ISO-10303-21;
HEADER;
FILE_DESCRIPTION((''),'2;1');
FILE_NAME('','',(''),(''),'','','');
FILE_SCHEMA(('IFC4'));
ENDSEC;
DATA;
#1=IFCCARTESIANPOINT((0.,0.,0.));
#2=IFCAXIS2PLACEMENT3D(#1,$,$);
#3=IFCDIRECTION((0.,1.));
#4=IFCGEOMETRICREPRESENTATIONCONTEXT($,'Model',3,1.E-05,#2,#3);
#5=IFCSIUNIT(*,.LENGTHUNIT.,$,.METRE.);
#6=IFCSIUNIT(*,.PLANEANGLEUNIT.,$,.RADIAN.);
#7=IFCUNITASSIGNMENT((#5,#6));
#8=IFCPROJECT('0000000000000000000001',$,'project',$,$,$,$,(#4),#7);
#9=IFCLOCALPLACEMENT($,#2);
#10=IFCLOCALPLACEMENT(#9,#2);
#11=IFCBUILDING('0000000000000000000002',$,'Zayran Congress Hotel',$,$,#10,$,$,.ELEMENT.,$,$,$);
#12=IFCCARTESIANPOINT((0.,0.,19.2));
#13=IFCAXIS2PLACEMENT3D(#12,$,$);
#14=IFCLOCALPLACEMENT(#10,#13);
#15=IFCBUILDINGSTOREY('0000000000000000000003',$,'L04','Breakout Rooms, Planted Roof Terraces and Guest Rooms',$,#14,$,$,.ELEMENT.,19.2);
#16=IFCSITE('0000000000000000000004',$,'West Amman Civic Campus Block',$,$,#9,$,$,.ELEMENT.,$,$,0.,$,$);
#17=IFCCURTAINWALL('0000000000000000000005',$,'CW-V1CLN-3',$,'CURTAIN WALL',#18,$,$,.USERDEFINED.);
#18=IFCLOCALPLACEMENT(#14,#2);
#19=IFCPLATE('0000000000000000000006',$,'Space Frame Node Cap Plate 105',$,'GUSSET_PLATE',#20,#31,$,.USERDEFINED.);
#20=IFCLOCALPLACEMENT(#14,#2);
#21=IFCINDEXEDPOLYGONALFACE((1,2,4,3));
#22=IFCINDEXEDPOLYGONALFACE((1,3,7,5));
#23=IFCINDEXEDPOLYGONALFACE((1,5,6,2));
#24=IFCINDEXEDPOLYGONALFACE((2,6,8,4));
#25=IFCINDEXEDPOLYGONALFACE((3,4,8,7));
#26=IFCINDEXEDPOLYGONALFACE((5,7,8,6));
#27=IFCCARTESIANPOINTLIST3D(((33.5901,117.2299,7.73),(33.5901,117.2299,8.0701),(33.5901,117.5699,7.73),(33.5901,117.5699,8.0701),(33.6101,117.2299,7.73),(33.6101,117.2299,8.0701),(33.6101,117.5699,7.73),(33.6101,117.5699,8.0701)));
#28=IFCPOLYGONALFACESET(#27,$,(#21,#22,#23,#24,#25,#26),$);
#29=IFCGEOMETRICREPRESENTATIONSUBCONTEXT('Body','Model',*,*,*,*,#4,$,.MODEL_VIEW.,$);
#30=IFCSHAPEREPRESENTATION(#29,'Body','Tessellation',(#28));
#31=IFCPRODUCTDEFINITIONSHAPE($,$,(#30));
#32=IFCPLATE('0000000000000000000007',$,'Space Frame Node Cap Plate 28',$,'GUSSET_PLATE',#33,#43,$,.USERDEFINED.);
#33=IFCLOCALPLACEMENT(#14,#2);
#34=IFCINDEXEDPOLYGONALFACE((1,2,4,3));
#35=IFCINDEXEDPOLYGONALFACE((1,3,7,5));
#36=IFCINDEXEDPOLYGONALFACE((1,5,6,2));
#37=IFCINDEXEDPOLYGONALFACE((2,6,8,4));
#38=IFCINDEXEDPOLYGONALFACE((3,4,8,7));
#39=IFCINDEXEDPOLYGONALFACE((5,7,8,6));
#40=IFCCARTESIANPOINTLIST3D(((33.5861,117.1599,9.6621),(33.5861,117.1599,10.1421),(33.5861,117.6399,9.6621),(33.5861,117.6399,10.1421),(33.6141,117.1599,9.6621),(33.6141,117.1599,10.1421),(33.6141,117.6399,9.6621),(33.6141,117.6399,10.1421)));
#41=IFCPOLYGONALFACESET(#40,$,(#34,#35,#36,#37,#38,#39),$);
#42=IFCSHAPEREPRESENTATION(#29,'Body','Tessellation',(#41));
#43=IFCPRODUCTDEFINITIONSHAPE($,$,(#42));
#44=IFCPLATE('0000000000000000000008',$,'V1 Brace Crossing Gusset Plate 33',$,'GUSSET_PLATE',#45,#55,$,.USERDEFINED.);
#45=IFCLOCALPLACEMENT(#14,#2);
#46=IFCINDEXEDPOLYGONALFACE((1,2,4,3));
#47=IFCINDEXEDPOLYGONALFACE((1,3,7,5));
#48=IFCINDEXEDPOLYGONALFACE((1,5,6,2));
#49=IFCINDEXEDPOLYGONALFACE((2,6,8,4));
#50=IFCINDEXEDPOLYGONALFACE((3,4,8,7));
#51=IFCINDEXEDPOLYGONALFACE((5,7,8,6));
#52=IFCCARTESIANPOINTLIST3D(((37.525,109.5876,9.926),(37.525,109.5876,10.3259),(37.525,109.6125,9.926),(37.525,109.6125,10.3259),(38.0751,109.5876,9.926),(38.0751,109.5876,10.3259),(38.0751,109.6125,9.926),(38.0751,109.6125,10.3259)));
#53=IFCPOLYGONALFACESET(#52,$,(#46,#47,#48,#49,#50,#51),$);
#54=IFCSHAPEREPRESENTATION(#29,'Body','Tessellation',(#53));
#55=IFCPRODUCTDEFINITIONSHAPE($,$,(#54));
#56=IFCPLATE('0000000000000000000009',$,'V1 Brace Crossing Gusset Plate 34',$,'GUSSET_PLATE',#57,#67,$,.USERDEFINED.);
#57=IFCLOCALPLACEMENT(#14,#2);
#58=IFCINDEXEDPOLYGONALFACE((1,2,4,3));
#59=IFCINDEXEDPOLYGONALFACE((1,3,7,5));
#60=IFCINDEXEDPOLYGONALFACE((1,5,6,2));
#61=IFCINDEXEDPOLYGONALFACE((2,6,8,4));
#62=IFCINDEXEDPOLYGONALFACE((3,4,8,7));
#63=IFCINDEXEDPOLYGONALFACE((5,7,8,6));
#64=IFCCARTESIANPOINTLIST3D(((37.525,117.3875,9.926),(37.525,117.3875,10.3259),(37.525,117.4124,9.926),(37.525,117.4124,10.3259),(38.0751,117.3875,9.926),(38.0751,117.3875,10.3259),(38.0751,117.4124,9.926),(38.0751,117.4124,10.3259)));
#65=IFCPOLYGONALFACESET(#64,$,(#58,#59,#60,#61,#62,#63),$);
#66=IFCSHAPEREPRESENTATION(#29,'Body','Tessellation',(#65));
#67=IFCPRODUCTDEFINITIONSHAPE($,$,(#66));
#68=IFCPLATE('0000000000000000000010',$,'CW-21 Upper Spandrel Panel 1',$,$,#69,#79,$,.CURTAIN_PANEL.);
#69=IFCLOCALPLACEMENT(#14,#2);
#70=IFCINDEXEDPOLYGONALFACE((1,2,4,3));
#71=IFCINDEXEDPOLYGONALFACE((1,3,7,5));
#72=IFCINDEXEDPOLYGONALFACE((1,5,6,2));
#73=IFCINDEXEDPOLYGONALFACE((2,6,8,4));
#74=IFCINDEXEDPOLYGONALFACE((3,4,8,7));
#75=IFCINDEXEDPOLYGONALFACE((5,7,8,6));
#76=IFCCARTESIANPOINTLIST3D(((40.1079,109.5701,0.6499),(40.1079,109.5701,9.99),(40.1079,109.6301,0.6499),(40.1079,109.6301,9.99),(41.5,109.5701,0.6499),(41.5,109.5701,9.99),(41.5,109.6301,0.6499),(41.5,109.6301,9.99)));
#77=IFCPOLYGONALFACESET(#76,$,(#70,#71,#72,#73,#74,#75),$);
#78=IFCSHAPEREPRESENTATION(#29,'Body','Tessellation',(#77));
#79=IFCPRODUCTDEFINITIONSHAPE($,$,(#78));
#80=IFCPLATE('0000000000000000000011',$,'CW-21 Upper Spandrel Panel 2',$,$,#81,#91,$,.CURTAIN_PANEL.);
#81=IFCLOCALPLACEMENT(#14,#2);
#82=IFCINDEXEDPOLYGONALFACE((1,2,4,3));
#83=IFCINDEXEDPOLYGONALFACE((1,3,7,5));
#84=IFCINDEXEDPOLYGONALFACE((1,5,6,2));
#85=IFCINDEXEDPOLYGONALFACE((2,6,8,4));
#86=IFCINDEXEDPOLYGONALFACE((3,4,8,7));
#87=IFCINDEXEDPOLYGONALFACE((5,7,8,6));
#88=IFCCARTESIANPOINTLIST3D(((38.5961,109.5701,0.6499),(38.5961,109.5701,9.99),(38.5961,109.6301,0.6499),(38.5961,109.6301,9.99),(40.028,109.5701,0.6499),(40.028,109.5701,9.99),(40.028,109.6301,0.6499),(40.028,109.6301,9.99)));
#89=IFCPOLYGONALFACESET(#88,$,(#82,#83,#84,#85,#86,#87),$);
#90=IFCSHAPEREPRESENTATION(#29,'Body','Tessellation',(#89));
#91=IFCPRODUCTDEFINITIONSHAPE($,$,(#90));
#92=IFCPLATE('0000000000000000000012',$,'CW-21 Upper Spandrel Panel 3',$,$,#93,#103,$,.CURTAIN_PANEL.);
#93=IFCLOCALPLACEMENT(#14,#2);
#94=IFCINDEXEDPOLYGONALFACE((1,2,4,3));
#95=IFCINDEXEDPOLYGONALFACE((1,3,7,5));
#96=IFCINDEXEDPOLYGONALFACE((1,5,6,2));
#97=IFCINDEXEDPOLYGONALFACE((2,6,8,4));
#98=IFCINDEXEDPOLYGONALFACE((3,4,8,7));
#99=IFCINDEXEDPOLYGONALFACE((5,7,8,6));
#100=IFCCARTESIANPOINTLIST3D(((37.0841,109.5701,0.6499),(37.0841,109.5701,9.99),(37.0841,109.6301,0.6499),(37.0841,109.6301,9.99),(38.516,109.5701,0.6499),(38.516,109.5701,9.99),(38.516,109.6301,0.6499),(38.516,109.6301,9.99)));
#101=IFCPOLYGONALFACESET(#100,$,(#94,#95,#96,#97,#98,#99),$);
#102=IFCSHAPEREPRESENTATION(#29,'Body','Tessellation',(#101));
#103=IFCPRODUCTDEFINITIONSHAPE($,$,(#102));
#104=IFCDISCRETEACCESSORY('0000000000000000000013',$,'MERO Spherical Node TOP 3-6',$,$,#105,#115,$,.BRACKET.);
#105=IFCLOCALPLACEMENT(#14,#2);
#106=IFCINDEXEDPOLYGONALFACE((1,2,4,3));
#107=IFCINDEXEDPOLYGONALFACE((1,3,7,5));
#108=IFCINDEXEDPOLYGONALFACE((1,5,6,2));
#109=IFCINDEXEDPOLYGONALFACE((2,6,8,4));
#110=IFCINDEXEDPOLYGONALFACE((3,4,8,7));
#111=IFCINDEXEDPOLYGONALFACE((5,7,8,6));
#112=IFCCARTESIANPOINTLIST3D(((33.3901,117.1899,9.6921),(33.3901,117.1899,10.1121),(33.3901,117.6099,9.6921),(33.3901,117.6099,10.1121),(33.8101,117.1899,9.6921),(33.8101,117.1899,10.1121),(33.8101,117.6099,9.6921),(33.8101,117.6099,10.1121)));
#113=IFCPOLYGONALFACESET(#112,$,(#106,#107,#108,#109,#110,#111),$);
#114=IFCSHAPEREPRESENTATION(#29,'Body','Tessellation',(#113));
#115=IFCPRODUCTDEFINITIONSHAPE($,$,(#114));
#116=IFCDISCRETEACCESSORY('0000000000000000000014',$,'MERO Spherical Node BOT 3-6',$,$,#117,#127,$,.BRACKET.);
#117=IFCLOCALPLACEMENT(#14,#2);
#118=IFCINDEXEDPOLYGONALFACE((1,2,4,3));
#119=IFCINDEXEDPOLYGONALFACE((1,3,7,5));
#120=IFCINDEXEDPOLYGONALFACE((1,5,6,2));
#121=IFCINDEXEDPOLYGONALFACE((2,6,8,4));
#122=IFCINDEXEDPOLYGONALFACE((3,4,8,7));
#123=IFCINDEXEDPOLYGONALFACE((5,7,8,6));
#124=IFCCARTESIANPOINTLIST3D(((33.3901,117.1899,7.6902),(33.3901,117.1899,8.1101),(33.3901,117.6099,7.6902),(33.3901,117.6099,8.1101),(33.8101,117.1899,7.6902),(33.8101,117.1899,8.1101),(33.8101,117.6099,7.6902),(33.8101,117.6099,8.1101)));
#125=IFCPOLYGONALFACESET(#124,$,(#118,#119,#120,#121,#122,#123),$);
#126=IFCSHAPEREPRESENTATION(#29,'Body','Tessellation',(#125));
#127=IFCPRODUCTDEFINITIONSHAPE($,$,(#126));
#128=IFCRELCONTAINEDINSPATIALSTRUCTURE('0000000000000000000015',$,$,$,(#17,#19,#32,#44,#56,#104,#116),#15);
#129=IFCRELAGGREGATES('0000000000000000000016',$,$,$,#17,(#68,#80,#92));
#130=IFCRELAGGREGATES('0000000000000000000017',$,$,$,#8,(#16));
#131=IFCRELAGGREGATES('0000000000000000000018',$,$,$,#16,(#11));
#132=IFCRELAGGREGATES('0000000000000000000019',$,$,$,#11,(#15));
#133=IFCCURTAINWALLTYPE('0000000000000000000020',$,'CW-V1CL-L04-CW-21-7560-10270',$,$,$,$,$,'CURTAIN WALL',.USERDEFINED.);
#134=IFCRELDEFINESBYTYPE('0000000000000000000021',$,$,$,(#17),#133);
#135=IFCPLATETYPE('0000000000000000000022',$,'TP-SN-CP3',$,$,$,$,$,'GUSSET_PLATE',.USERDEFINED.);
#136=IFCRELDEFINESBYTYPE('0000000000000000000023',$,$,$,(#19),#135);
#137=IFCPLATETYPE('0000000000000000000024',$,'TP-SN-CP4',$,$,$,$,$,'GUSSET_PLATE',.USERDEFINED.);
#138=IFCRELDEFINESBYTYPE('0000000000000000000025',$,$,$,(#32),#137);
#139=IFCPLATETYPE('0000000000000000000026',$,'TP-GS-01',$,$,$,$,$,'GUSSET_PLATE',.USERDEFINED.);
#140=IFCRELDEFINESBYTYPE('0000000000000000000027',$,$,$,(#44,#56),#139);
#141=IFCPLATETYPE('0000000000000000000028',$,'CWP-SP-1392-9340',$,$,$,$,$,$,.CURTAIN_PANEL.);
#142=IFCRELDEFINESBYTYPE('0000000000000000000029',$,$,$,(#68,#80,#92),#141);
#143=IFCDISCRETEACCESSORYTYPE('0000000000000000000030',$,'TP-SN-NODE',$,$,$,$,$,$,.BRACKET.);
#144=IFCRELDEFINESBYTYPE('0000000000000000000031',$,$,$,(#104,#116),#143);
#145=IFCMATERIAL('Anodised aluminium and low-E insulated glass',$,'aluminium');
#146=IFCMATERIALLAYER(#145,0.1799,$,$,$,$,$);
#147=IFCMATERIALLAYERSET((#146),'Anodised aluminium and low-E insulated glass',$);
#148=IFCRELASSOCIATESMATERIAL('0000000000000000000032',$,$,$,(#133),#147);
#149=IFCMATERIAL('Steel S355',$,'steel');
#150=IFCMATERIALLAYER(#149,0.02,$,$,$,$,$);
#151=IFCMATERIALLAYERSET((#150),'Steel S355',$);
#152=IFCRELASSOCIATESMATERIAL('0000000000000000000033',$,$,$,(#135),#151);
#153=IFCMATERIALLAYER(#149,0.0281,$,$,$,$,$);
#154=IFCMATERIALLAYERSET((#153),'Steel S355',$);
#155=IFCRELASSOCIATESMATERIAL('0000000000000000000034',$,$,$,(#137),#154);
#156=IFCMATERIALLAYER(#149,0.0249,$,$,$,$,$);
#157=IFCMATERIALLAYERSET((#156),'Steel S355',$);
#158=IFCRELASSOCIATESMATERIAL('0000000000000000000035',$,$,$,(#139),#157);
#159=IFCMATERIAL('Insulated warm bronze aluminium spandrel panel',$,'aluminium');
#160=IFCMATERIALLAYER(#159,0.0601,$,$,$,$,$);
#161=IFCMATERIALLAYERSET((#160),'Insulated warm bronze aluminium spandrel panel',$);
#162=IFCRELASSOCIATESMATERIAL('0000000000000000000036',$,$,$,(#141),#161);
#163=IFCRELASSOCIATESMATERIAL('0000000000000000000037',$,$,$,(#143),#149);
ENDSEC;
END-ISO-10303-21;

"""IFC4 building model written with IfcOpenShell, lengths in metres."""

from ifc_helpers import new_model, si_unit, direction, frame, origin, origin_2d, place, context, subcontext, project, spatial, rectangle, extrude, material, layer, layer_set, type_object, element, aggregate, save


model = new_model("IFC4")

# Units and contexts
model_context = context("Model", 3, precision=1e-05, world=origin(), true_north=direction((0.0, 1.0)))
body_context = subcontext(model_context, "Body", "Model", "MODEL_VIEW")
ifc_project = project(units=[si_unit("LENGTHUNIT", "METRE"), si_unit("PLANEANGLEUNIT", "RADIAN")], contexts=[model_context])

# Site, building, storey
site_placement = place(None, origin())
site = spatial("IfcSite", under=ifc_project, at=site_placement, Name="West Amman Civic Campus Block", CompositionType="ELEMENT", RefElevation=0.0)
building_placement = place(site_placement, origin())
building = spatial("IfcBuilding", under=site, at=building_placement, Name="Zayran Congress Hotel", CompositionType="ELEMENT")
storey_placement = place(building_placement, frame((0.0, 0.0, 19.2)))
storey = spatial("IfcBuildingStorey", under=building, at=storey_placement, Name="L04", Description="Breakout Rooms, Planted Roof Terraces and Guest Rooms", CompositionType="ELEMENT", Elevation=19.2)

# Shared definitions
ifc_material_1 = material(Name="Steel S355", Category="steel")

# Curtain wall
ifc_material_2 = material(Name="Anodised aluminium and low-E insulated glass", Category="aluminium")
ifc_layer_1 = layer(ifc_material_2, 0.1799)
ifc_layer_set_1 = layer_set([ifc_layer_1], Name="Anodised aluminium and low-E insulated glass")
curtain_wall_type_1 = type_object("IfcCurtainWallType", Name="CW-V1CL-L04-CW-21-7560-10270", ElementType="CURTAIN WALL", PredefinedType="USERDEFINED", material=ifc_layer_set_1)
curtain_wall_1_placement = place(storey_placement, origin())
curtain_wall_1 = element("IfcCurtainWall", 1, at=curtain_wall_1_placement, inside=storey, type_object=curtain_wall_type_1, Name="CW-V1CLN-3", ObjectType="CURTAIN WALL", PredefinedType="USERDEFINED")

# Plates
ifc_layer_2 = layer(ifc_material_1, 0.02)
ifc_layer_set_2 = layer_set([ifc_layer_2], Name="Steel S355")
plate_type_1 = type_object("IfcPlateType", Name="TP-SN-CP3", ElementType="GUSSET_PLATE", PredefinedType="USERDEFINED", material=ifc_layer_set_2)
plate_1_placement = place(storey_placement, frame((33.6001, 117.3999, 7.73), z_axis=(0.0, 0.0, 1.0), x_axis=(0.0, 1.0, 0.0)))
element("IfcPlate", 2, at=plate_1_placement, inside=storey, type_object=plate_type_1, Name="Space Frame Node Cap Plate 105", ObjectType="GUSSET_PLATE", PredefinedType="USERDEFINED", context=body_context, shape_type="SweptSolid", body=[
    extrude(rectangle(XDim=0.3401, YDim=0.02, at=origin_2d()), origin(), (0.0, 0.0, 1.0), 0.3401),
])
ifc_layer_3 = layer(ifc_material_1, 0.0281)
ifc_layer_set_3 = layer_set([ifc_layer_3], Name="Steel S355")
plate_type_2 = type_object("IfcPlateType", Name="TP-SN-CP4", ElementType="GUSSET_PLATE", PredefinedType="USERDEFINED", material=ifc_layer_set_3)
plate_2_placement = place(storey_placement, frame((33.6001, 117.3999, 9.6621), z_axis=(0.0, 0.0, 1.0), x_axis=(0.0, 1.0, 0.0)))
element("IfcPlate", 3, at=plate_2_placement, inside=storey, type_object=plate_type_2, Name="Space Frame Node Cap Plate 28", ObjectType="GUSSET_PLATE", PredefinedType="USERDEFINED", context=body_context, shape_type="SweptSolid", body=[
    extrude(rectangle(XDim=0.48, YDim=0.0281, at=origin_2d()), origin(), (0.0, 0.0, 1.0), 0.48),
])
ifc_layer_4 = layer(ifc_material_1, 0.0249)
ifc_layer_set_4 = layer_set([ifc_layer_4], Name="Steel S355")
plate_type_3 = type_object("IfcPlateType", Name="TP-GS-01", ElementType="GUSSET_PLATE", PredefinedType="USERDEFINED", material=ifc_layer_set_4)
for number, where, z_axis, x_axis, name in (
    (4, (37.8, 109.6001, 9.926), (0.0, 0.0, 1.0), (1.0, 0.0, 0.0), "V1 Brace Crossing Gusset Plate 33"),
    (5, (37.8, 117.3999, 9.926), (0.0, 0.0, 1.0), (1.0, 0.0, 0.0), "V1 Brace Crossing Gusset Plate 34"),
):
    element("IfcPlate", number, at=place(storey_placement, frame(where, z_axis=z_axis, x_axis=x_axis)), inside=storey, type_object=plate_type_3, Name=name, ObjectType="GUSSET_PLATE", PredefinedType="USERDEFINED", context=body_context, shape_type="SweptSolid", body=[
        extrude(rectangle(XDim=0.55, YDim=0.0249, at=origin_2d()), origin(), (0.0, 0.0, 1.0), 0.3999),
    ])

# Plates
ifc_material_3 = material(Name="Insulated warm bronze aluminium spandrel panel", Category="aluminium")
ifc_layer_5 = layer(ifc_material_3, 0.0601)
ifc_layer_set_5 = layer_set([ifc_layer_5], Name="Insulated warm bronze aluminium spandrel panel")
plate_type_4 = type_object("IfcPlateType", Name="CWP-SP-1392-9340", PredefinedType="CURTAIN_PANEL", material=ifc_layer_set_5)
plate_3_placement = place(storey_placement, frame((40.804, 109.6001, 0.6499), z_axis=(0.0, 0.0, 1.0), x_axis=(1.0, 0.0, 0.0)))
plate_3 = element("IfcPlate", 6, at=plate_3_placement, type_object=plate_type_4, Name="CW-21 Upper Spandrel Panel 1", PredefinedType="CURTAIN_PANEL", context=body_context, shape_type="SweptSolid", body=[
    extrude(rectangle(XDim=1.3921, YDim=0.0601, at=origin_2d()), origin(), (0.0, 0.0, 1.0), 9.3401),
])
plate_4_placement = place(storey_placement, frame((39.312, 109.6001, 0.6499), z_axis=(0.0, 0.0, 1.0), x_axis=(1.0, 0.0, 0.0)))
plate_4 = element("IfcPlate", 7, at=plate_4_placement, type_object=plate_type_4, Name="CW-21 Upper Spandrel Panel 2", PredefinedType="CURTAIN_PANEL", context=body_context, shape_type="SweptSolid", body=[
    extrude(rectangle(XDim=1.4319, YDim=0.0601, at=origin_2d()), origin(), (0.0, 0.0, 1.0), 9.3401),
])
plate_5_placement = place(storey_placement, frame((37.8, 109.6001, 0.6499), z_axis=(0.0, 0.0, 1.0), x_axis=(1.0, 0.0, 0.0)))
plate_5 = element("IfcPlate", 8, at=plate_5_placement, type_object=plate_type_4, Name="CW-21 Upper Spandrel Panel 3", PredefinedType="CURTAIN_PANEL", context=body_context, shape_type="SweptSolid", body=[
    extrude(rectangle(XDim=1.4319, YDim=0.0601, at=origin_2d()), origin(), (0.0, 0.0, 1.0), 9.3401),
])
aggregate(curtain_wall_1, [plate_3, plate_4, plate_5])

# Discrete accessories
discrete_accessory_type = type_object("IfcDiscreteAccessoryType", Name="TP-SN-NODE", PredefinedType="BRACKET", material=ifc_material_1)
for number, where, z_axis, x_axis, name in (
    (9, (33.6001, 117.3999, 9.6921), (0.0, 0.0, 1.0), (1.0, 0.0, 0.0), "MERO Spherical Node TOP 3-6"),
    (10, (33.6001, 117.3999, 7.6902), (0.0, 0.0, 1.0), (1.0, 0.0, 0.0), "MERO Spherical Node BOT 3-6"),
):
    element("IfcDiscreteAccessory", number, at=place(storey_placement, frame(where, z_axis=z_axis, x_axis=x_axis)), inside=storey, type_object=discrete_accessory_type, Name=name, PredefinedType="BRACKET", context=body_context, shape_type="SweptSolid", body=[
        extrude(rectangle(XDim=0.4199, YDim=0.4199, at=origin_2d()), origin(), (0.0, 0.0, 1.0), 0.4199),
    ])

save(model, "model.ifc")
